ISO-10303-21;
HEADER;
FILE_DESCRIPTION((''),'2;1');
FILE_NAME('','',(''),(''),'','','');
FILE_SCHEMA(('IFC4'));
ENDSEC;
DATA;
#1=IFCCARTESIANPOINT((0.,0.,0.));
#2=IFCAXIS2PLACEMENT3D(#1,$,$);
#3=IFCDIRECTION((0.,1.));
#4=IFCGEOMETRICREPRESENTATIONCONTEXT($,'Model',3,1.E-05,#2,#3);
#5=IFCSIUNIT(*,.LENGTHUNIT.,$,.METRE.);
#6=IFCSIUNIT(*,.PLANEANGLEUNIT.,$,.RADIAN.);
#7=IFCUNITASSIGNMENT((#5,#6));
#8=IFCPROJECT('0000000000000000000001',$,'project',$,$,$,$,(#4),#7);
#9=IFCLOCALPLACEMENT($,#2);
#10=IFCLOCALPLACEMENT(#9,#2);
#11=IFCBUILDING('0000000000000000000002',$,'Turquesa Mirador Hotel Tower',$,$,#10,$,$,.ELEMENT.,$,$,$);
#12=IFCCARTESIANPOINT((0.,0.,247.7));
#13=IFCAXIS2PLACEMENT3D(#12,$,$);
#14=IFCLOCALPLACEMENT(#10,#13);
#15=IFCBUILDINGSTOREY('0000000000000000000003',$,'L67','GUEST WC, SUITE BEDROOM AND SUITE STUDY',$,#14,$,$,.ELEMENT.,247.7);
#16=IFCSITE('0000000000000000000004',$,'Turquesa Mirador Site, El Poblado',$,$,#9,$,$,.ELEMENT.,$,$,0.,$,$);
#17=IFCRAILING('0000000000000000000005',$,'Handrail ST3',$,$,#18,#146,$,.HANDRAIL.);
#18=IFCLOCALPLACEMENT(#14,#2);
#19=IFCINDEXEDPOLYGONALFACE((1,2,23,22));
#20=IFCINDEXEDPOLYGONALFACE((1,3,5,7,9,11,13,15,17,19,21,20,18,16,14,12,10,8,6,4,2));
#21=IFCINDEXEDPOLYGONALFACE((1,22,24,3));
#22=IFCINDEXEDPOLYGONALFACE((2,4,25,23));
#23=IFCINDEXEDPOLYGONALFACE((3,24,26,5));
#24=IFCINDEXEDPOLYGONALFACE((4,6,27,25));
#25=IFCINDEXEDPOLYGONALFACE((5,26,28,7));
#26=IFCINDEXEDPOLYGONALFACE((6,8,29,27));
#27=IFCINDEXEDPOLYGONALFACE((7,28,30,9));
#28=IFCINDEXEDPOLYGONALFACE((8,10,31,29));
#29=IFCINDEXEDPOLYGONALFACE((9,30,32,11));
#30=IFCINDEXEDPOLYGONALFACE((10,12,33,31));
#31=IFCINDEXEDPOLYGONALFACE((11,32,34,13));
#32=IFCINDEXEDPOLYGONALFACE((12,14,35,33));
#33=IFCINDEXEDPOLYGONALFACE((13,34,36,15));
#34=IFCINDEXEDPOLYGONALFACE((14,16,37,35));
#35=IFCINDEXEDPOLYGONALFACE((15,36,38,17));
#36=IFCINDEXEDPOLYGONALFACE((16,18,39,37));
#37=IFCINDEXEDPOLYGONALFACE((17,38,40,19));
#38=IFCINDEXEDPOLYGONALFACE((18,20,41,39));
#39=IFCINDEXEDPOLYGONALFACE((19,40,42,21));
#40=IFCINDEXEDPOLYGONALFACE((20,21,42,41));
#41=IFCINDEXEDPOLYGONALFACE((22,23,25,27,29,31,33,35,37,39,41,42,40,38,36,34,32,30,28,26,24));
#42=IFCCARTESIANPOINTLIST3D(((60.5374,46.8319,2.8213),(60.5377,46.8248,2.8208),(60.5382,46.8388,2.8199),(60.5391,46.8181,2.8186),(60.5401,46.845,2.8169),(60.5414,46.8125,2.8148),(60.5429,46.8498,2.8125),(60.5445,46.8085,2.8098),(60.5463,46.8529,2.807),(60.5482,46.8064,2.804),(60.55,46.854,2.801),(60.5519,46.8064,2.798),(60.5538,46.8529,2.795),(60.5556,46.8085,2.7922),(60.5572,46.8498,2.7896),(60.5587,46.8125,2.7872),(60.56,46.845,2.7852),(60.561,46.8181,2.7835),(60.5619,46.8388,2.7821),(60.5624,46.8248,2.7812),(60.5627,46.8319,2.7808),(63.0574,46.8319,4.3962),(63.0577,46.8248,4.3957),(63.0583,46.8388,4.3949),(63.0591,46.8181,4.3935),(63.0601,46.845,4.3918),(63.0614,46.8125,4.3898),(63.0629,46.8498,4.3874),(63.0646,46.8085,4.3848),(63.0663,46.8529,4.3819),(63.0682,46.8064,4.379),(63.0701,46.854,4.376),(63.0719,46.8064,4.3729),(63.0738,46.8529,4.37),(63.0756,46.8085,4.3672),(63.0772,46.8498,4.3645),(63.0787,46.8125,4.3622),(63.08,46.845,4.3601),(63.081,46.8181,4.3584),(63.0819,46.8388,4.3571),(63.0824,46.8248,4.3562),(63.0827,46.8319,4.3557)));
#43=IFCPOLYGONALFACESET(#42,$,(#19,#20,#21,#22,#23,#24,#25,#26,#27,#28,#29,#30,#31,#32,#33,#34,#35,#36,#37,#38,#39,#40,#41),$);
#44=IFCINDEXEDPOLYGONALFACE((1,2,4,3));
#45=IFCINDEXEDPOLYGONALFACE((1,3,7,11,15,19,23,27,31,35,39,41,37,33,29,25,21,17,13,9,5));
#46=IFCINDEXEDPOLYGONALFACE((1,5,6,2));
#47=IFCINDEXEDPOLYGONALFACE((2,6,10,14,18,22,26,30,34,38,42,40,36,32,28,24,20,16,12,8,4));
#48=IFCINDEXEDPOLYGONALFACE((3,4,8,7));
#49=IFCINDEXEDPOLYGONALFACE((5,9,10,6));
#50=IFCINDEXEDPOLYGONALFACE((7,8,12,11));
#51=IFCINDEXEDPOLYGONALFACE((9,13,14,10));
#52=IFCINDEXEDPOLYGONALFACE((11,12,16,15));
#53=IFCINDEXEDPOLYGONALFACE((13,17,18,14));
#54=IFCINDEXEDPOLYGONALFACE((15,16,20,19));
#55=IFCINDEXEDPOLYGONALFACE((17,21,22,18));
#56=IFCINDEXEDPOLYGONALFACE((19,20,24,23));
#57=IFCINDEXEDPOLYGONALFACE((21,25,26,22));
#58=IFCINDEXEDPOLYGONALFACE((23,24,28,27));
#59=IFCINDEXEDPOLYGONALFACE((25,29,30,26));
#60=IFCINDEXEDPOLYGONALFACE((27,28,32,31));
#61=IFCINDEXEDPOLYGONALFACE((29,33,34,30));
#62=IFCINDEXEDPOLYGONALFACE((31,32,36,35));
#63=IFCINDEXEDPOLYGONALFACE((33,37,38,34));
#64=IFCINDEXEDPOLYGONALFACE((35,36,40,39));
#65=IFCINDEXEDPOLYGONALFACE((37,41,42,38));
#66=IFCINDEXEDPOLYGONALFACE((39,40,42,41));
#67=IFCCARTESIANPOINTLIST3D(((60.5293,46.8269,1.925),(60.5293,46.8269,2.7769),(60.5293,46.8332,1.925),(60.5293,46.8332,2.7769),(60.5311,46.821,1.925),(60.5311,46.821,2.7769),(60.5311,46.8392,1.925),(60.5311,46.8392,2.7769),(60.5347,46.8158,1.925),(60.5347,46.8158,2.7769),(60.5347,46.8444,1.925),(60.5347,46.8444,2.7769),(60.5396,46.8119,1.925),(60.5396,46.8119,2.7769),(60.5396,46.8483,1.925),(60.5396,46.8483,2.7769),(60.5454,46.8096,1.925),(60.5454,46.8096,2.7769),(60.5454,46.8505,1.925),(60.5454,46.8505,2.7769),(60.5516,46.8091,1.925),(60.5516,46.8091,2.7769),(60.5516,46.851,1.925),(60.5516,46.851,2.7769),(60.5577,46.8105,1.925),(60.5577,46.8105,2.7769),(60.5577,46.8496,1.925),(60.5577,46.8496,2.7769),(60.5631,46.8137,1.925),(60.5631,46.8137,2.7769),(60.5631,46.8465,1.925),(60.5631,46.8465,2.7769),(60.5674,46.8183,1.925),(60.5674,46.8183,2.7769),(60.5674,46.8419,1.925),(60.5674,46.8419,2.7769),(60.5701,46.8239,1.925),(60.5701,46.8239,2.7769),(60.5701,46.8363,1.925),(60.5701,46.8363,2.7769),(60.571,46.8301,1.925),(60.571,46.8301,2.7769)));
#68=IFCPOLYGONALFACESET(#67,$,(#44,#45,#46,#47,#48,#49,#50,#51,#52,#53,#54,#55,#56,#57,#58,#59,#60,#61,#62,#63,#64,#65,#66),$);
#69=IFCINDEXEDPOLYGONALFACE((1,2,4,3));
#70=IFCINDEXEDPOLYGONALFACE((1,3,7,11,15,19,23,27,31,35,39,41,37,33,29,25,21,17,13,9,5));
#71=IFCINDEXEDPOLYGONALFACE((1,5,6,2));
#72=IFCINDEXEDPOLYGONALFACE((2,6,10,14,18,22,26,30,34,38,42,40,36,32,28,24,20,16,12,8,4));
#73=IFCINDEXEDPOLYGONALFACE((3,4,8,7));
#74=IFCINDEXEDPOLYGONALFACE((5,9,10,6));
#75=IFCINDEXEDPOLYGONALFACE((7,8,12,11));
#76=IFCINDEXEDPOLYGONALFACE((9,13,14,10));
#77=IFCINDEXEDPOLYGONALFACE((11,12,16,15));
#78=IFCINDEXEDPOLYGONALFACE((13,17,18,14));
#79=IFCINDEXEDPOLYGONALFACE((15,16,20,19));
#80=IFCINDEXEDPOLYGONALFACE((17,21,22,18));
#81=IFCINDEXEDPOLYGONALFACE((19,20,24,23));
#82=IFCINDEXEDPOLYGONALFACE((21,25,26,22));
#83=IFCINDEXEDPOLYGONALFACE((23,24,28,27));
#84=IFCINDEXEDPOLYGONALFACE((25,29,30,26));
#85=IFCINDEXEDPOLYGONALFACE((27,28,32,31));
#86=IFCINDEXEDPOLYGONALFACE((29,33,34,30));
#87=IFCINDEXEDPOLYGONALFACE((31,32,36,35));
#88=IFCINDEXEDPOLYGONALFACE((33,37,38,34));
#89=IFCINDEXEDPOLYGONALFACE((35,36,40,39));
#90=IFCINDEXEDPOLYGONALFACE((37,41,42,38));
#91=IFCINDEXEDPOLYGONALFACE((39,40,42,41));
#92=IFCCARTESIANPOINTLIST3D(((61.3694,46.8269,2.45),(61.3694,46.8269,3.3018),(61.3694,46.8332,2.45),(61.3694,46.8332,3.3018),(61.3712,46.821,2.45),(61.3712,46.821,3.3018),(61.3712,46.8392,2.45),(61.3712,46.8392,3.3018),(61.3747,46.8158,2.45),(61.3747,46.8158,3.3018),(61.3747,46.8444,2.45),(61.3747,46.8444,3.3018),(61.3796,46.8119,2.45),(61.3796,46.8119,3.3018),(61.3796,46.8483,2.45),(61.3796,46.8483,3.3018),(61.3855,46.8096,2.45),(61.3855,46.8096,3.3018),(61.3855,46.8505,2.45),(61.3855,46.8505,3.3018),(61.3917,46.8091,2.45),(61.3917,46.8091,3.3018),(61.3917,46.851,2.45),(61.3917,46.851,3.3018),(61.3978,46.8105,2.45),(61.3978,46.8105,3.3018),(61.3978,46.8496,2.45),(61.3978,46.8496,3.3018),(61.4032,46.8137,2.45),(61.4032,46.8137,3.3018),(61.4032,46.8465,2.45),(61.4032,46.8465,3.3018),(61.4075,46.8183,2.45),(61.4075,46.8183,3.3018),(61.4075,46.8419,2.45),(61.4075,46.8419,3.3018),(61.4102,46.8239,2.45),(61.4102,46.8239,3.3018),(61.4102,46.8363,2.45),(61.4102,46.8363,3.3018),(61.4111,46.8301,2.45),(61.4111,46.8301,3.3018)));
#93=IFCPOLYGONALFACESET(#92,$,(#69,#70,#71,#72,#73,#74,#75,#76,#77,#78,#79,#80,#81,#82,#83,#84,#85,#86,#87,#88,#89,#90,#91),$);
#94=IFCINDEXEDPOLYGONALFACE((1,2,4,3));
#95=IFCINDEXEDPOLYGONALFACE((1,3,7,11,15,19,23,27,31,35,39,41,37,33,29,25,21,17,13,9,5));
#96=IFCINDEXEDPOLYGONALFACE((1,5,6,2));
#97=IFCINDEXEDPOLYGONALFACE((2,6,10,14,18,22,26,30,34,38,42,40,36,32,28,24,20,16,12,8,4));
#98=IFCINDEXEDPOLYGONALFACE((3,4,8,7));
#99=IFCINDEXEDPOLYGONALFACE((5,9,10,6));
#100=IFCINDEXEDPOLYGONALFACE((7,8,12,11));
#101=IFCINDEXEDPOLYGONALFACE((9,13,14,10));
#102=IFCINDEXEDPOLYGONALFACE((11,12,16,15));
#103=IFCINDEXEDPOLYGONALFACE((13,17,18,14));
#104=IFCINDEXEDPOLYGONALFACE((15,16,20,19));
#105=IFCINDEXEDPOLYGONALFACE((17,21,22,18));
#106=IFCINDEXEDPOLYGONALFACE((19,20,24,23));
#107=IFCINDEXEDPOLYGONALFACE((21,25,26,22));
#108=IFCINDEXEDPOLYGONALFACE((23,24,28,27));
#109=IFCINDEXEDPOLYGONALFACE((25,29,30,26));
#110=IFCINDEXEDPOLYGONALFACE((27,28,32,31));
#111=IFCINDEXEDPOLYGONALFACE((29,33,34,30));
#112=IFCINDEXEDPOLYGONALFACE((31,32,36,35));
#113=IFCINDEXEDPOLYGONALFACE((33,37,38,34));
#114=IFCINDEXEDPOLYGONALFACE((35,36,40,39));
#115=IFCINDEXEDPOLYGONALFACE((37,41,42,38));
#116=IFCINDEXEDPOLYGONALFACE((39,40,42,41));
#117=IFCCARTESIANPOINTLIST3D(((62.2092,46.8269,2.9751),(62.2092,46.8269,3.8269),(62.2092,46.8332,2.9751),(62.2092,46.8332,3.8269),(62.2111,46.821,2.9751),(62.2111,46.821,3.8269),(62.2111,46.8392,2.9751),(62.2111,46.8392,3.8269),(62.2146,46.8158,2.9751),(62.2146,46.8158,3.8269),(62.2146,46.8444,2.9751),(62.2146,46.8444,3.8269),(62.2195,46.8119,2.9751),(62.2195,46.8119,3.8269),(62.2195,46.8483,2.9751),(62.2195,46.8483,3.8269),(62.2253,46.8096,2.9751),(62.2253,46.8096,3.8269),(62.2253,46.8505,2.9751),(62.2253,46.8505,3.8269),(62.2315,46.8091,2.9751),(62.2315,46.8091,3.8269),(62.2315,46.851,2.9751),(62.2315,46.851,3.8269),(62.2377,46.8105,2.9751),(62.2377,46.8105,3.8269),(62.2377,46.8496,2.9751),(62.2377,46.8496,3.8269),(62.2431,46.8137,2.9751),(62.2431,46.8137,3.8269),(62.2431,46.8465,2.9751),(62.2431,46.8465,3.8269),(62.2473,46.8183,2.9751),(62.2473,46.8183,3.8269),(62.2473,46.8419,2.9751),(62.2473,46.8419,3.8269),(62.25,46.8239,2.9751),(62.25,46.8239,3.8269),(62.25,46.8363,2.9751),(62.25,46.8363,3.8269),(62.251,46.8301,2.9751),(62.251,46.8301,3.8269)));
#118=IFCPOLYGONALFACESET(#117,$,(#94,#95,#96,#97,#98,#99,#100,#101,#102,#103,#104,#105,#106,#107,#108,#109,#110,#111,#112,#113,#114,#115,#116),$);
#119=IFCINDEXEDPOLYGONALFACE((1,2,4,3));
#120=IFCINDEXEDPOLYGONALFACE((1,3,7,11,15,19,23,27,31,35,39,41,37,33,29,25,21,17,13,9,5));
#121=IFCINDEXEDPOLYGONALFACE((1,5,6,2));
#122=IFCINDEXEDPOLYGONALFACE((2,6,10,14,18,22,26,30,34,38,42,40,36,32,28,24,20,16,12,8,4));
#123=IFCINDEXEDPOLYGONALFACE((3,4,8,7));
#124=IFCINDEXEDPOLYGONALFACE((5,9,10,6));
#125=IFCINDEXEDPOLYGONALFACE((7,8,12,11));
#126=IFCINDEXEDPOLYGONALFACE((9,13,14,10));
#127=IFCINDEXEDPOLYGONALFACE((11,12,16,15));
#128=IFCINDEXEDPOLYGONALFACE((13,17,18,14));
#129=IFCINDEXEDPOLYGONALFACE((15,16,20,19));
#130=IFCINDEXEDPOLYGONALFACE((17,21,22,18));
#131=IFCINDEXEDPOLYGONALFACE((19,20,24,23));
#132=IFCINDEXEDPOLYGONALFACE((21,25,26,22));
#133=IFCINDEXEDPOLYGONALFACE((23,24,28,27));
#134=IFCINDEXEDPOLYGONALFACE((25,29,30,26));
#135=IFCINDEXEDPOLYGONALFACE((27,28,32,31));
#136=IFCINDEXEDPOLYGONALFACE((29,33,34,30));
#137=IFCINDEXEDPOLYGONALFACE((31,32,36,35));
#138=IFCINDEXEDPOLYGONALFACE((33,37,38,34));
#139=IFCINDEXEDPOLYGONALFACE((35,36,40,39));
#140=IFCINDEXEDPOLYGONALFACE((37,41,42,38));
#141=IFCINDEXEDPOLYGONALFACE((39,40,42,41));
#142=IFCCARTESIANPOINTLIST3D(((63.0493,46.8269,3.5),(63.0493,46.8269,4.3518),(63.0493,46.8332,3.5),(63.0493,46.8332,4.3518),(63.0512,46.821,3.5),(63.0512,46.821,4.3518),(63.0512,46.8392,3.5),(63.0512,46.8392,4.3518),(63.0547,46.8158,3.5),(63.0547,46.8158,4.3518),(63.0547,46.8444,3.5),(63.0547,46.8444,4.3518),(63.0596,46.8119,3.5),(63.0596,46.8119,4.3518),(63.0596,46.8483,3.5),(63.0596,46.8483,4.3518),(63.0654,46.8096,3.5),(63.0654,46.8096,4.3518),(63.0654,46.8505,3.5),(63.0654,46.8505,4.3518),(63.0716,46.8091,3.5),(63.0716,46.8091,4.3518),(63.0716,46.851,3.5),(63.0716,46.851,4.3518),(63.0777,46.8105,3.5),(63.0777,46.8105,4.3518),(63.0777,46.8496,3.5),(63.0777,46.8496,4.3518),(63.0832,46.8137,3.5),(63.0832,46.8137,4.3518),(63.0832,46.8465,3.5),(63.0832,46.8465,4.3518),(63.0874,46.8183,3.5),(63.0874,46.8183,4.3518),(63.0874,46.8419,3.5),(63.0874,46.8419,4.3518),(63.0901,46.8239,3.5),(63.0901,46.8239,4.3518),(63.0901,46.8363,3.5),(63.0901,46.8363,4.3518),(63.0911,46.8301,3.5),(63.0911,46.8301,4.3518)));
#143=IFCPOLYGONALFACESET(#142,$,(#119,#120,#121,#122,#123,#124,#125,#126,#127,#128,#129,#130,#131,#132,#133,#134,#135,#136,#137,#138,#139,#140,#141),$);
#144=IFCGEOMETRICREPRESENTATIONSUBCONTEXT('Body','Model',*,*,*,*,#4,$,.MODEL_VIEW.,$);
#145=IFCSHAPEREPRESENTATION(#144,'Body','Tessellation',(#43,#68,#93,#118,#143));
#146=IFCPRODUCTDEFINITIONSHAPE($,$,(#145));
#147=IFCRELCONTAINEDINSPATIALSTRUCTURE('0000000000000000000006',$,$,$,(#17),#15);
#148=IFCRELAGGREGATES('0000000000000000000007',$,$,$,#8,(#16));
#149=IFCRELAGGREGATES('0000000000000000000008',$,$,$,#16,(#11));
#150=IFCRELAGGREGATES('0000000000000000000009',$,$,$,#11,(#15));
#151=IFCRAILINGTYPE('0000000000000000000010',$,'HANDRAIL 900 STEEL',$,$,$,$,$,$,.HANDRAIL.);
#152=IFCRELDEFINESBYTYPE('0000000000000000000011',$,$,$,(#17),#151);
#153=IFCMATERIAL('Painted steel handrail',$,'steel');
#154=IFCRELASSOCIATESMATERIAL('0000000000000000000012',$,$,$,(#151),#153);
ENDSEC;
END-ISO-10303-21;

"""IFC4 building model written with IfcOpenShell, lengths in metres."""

from ifc_helpers import new_model, si_unit, direction, frame, origin, origin_2d, place, context, subcontext, project, spatial, circle, extrude, material, type_object, element, save


model = new_model("IFC4")

# Units and contexts
model_context = context("Model", 3, precision=1e-05, world=origin(), true_north=direction((0.0, 1.0)))
body_context = subcontext(model_context, "Body", "Model", "MODEL_VIEW")
ifc_project = project(units=[si_unit("LENGTHUNIT", "METRE"), si_unit("PLANEANGLEUNIT", "RADIAN")], contexts=[model_context])

# Site, building, storey
site_placement = place(None, origin())
site = spatial("IfcSite", under=ifc_project, at=site_placement, Name="Turquesa Mirador Site, El Poblado", CompositionType="ELEMENT", RefElevation=0.0)
building_placement = place(site_placement, origin())
building = spatial("IfcBuilding", under=site, at=building_placement, Name="Turquesa Mirador Hotel Tower", CompositionType="ELEMENT")
storey_placement = place(building_placement, frame((0.0, 0.0, 247.7)))
storey = spatial("IfcBuildingStorey", under=building, at=storey_placement, Name="L67", Description="GUEST WC, SUITE BEDROOM AND SUITE STUDY", CompositionType="ELEMENT", Elevation=247.7)

# Railing
ifc_material_1 = material(Name="Painted steel handrail", Category="steel")
railing_type = type_object("IfcRailingType", Name="HANDRAIL 900 STEEL", PredefinedType="HANDRAIL", material=ifc_material_1)
railing_1_placement = place(storey_placement, frame((60.55, 46.8301, 1.925)))
element("IfcRailing", 1, at=railing_1_placement, inside=storey, type_object=railing_type, Name="Handrail ST3", PredefinedType="HANDRAIL", context=body_context, shape_type="SweptSolid", body=[
    extrude(circle(Radius=0.0239, at=origin_2d()), frame((0.0, 0.0, 0.876), z_axis=(0.848008, 0.0, 0.529984), x_axis=(0.0, 1.0, 0.0)), (0.0, 0.0, 1.0), 2.9717),
    extrude(circle(Radius=0.021, at=origin_2d()), origin(), (0.0, 0.0, 1.0), 0.8518),
    extrude(circle(Radius=0.021, at=origin_2d()), frame((0.8401, 0.0, 0.5249)), (0.0, 0.0, 1.0), 0.8518),
    extrude(circle(Radius=0.021, at=origin_2d()), frame((1.6799, 0.0, 1.05)), (0.0, 0.0, 1.0), 0.8518),
    extrude(circle(Radius=0.021, at=origin_2d()), frame((2.52, 0.0, 1.575)), (0.0, 0.0, 1.0), 0.8518),
])

save(model, "model.ifc")
